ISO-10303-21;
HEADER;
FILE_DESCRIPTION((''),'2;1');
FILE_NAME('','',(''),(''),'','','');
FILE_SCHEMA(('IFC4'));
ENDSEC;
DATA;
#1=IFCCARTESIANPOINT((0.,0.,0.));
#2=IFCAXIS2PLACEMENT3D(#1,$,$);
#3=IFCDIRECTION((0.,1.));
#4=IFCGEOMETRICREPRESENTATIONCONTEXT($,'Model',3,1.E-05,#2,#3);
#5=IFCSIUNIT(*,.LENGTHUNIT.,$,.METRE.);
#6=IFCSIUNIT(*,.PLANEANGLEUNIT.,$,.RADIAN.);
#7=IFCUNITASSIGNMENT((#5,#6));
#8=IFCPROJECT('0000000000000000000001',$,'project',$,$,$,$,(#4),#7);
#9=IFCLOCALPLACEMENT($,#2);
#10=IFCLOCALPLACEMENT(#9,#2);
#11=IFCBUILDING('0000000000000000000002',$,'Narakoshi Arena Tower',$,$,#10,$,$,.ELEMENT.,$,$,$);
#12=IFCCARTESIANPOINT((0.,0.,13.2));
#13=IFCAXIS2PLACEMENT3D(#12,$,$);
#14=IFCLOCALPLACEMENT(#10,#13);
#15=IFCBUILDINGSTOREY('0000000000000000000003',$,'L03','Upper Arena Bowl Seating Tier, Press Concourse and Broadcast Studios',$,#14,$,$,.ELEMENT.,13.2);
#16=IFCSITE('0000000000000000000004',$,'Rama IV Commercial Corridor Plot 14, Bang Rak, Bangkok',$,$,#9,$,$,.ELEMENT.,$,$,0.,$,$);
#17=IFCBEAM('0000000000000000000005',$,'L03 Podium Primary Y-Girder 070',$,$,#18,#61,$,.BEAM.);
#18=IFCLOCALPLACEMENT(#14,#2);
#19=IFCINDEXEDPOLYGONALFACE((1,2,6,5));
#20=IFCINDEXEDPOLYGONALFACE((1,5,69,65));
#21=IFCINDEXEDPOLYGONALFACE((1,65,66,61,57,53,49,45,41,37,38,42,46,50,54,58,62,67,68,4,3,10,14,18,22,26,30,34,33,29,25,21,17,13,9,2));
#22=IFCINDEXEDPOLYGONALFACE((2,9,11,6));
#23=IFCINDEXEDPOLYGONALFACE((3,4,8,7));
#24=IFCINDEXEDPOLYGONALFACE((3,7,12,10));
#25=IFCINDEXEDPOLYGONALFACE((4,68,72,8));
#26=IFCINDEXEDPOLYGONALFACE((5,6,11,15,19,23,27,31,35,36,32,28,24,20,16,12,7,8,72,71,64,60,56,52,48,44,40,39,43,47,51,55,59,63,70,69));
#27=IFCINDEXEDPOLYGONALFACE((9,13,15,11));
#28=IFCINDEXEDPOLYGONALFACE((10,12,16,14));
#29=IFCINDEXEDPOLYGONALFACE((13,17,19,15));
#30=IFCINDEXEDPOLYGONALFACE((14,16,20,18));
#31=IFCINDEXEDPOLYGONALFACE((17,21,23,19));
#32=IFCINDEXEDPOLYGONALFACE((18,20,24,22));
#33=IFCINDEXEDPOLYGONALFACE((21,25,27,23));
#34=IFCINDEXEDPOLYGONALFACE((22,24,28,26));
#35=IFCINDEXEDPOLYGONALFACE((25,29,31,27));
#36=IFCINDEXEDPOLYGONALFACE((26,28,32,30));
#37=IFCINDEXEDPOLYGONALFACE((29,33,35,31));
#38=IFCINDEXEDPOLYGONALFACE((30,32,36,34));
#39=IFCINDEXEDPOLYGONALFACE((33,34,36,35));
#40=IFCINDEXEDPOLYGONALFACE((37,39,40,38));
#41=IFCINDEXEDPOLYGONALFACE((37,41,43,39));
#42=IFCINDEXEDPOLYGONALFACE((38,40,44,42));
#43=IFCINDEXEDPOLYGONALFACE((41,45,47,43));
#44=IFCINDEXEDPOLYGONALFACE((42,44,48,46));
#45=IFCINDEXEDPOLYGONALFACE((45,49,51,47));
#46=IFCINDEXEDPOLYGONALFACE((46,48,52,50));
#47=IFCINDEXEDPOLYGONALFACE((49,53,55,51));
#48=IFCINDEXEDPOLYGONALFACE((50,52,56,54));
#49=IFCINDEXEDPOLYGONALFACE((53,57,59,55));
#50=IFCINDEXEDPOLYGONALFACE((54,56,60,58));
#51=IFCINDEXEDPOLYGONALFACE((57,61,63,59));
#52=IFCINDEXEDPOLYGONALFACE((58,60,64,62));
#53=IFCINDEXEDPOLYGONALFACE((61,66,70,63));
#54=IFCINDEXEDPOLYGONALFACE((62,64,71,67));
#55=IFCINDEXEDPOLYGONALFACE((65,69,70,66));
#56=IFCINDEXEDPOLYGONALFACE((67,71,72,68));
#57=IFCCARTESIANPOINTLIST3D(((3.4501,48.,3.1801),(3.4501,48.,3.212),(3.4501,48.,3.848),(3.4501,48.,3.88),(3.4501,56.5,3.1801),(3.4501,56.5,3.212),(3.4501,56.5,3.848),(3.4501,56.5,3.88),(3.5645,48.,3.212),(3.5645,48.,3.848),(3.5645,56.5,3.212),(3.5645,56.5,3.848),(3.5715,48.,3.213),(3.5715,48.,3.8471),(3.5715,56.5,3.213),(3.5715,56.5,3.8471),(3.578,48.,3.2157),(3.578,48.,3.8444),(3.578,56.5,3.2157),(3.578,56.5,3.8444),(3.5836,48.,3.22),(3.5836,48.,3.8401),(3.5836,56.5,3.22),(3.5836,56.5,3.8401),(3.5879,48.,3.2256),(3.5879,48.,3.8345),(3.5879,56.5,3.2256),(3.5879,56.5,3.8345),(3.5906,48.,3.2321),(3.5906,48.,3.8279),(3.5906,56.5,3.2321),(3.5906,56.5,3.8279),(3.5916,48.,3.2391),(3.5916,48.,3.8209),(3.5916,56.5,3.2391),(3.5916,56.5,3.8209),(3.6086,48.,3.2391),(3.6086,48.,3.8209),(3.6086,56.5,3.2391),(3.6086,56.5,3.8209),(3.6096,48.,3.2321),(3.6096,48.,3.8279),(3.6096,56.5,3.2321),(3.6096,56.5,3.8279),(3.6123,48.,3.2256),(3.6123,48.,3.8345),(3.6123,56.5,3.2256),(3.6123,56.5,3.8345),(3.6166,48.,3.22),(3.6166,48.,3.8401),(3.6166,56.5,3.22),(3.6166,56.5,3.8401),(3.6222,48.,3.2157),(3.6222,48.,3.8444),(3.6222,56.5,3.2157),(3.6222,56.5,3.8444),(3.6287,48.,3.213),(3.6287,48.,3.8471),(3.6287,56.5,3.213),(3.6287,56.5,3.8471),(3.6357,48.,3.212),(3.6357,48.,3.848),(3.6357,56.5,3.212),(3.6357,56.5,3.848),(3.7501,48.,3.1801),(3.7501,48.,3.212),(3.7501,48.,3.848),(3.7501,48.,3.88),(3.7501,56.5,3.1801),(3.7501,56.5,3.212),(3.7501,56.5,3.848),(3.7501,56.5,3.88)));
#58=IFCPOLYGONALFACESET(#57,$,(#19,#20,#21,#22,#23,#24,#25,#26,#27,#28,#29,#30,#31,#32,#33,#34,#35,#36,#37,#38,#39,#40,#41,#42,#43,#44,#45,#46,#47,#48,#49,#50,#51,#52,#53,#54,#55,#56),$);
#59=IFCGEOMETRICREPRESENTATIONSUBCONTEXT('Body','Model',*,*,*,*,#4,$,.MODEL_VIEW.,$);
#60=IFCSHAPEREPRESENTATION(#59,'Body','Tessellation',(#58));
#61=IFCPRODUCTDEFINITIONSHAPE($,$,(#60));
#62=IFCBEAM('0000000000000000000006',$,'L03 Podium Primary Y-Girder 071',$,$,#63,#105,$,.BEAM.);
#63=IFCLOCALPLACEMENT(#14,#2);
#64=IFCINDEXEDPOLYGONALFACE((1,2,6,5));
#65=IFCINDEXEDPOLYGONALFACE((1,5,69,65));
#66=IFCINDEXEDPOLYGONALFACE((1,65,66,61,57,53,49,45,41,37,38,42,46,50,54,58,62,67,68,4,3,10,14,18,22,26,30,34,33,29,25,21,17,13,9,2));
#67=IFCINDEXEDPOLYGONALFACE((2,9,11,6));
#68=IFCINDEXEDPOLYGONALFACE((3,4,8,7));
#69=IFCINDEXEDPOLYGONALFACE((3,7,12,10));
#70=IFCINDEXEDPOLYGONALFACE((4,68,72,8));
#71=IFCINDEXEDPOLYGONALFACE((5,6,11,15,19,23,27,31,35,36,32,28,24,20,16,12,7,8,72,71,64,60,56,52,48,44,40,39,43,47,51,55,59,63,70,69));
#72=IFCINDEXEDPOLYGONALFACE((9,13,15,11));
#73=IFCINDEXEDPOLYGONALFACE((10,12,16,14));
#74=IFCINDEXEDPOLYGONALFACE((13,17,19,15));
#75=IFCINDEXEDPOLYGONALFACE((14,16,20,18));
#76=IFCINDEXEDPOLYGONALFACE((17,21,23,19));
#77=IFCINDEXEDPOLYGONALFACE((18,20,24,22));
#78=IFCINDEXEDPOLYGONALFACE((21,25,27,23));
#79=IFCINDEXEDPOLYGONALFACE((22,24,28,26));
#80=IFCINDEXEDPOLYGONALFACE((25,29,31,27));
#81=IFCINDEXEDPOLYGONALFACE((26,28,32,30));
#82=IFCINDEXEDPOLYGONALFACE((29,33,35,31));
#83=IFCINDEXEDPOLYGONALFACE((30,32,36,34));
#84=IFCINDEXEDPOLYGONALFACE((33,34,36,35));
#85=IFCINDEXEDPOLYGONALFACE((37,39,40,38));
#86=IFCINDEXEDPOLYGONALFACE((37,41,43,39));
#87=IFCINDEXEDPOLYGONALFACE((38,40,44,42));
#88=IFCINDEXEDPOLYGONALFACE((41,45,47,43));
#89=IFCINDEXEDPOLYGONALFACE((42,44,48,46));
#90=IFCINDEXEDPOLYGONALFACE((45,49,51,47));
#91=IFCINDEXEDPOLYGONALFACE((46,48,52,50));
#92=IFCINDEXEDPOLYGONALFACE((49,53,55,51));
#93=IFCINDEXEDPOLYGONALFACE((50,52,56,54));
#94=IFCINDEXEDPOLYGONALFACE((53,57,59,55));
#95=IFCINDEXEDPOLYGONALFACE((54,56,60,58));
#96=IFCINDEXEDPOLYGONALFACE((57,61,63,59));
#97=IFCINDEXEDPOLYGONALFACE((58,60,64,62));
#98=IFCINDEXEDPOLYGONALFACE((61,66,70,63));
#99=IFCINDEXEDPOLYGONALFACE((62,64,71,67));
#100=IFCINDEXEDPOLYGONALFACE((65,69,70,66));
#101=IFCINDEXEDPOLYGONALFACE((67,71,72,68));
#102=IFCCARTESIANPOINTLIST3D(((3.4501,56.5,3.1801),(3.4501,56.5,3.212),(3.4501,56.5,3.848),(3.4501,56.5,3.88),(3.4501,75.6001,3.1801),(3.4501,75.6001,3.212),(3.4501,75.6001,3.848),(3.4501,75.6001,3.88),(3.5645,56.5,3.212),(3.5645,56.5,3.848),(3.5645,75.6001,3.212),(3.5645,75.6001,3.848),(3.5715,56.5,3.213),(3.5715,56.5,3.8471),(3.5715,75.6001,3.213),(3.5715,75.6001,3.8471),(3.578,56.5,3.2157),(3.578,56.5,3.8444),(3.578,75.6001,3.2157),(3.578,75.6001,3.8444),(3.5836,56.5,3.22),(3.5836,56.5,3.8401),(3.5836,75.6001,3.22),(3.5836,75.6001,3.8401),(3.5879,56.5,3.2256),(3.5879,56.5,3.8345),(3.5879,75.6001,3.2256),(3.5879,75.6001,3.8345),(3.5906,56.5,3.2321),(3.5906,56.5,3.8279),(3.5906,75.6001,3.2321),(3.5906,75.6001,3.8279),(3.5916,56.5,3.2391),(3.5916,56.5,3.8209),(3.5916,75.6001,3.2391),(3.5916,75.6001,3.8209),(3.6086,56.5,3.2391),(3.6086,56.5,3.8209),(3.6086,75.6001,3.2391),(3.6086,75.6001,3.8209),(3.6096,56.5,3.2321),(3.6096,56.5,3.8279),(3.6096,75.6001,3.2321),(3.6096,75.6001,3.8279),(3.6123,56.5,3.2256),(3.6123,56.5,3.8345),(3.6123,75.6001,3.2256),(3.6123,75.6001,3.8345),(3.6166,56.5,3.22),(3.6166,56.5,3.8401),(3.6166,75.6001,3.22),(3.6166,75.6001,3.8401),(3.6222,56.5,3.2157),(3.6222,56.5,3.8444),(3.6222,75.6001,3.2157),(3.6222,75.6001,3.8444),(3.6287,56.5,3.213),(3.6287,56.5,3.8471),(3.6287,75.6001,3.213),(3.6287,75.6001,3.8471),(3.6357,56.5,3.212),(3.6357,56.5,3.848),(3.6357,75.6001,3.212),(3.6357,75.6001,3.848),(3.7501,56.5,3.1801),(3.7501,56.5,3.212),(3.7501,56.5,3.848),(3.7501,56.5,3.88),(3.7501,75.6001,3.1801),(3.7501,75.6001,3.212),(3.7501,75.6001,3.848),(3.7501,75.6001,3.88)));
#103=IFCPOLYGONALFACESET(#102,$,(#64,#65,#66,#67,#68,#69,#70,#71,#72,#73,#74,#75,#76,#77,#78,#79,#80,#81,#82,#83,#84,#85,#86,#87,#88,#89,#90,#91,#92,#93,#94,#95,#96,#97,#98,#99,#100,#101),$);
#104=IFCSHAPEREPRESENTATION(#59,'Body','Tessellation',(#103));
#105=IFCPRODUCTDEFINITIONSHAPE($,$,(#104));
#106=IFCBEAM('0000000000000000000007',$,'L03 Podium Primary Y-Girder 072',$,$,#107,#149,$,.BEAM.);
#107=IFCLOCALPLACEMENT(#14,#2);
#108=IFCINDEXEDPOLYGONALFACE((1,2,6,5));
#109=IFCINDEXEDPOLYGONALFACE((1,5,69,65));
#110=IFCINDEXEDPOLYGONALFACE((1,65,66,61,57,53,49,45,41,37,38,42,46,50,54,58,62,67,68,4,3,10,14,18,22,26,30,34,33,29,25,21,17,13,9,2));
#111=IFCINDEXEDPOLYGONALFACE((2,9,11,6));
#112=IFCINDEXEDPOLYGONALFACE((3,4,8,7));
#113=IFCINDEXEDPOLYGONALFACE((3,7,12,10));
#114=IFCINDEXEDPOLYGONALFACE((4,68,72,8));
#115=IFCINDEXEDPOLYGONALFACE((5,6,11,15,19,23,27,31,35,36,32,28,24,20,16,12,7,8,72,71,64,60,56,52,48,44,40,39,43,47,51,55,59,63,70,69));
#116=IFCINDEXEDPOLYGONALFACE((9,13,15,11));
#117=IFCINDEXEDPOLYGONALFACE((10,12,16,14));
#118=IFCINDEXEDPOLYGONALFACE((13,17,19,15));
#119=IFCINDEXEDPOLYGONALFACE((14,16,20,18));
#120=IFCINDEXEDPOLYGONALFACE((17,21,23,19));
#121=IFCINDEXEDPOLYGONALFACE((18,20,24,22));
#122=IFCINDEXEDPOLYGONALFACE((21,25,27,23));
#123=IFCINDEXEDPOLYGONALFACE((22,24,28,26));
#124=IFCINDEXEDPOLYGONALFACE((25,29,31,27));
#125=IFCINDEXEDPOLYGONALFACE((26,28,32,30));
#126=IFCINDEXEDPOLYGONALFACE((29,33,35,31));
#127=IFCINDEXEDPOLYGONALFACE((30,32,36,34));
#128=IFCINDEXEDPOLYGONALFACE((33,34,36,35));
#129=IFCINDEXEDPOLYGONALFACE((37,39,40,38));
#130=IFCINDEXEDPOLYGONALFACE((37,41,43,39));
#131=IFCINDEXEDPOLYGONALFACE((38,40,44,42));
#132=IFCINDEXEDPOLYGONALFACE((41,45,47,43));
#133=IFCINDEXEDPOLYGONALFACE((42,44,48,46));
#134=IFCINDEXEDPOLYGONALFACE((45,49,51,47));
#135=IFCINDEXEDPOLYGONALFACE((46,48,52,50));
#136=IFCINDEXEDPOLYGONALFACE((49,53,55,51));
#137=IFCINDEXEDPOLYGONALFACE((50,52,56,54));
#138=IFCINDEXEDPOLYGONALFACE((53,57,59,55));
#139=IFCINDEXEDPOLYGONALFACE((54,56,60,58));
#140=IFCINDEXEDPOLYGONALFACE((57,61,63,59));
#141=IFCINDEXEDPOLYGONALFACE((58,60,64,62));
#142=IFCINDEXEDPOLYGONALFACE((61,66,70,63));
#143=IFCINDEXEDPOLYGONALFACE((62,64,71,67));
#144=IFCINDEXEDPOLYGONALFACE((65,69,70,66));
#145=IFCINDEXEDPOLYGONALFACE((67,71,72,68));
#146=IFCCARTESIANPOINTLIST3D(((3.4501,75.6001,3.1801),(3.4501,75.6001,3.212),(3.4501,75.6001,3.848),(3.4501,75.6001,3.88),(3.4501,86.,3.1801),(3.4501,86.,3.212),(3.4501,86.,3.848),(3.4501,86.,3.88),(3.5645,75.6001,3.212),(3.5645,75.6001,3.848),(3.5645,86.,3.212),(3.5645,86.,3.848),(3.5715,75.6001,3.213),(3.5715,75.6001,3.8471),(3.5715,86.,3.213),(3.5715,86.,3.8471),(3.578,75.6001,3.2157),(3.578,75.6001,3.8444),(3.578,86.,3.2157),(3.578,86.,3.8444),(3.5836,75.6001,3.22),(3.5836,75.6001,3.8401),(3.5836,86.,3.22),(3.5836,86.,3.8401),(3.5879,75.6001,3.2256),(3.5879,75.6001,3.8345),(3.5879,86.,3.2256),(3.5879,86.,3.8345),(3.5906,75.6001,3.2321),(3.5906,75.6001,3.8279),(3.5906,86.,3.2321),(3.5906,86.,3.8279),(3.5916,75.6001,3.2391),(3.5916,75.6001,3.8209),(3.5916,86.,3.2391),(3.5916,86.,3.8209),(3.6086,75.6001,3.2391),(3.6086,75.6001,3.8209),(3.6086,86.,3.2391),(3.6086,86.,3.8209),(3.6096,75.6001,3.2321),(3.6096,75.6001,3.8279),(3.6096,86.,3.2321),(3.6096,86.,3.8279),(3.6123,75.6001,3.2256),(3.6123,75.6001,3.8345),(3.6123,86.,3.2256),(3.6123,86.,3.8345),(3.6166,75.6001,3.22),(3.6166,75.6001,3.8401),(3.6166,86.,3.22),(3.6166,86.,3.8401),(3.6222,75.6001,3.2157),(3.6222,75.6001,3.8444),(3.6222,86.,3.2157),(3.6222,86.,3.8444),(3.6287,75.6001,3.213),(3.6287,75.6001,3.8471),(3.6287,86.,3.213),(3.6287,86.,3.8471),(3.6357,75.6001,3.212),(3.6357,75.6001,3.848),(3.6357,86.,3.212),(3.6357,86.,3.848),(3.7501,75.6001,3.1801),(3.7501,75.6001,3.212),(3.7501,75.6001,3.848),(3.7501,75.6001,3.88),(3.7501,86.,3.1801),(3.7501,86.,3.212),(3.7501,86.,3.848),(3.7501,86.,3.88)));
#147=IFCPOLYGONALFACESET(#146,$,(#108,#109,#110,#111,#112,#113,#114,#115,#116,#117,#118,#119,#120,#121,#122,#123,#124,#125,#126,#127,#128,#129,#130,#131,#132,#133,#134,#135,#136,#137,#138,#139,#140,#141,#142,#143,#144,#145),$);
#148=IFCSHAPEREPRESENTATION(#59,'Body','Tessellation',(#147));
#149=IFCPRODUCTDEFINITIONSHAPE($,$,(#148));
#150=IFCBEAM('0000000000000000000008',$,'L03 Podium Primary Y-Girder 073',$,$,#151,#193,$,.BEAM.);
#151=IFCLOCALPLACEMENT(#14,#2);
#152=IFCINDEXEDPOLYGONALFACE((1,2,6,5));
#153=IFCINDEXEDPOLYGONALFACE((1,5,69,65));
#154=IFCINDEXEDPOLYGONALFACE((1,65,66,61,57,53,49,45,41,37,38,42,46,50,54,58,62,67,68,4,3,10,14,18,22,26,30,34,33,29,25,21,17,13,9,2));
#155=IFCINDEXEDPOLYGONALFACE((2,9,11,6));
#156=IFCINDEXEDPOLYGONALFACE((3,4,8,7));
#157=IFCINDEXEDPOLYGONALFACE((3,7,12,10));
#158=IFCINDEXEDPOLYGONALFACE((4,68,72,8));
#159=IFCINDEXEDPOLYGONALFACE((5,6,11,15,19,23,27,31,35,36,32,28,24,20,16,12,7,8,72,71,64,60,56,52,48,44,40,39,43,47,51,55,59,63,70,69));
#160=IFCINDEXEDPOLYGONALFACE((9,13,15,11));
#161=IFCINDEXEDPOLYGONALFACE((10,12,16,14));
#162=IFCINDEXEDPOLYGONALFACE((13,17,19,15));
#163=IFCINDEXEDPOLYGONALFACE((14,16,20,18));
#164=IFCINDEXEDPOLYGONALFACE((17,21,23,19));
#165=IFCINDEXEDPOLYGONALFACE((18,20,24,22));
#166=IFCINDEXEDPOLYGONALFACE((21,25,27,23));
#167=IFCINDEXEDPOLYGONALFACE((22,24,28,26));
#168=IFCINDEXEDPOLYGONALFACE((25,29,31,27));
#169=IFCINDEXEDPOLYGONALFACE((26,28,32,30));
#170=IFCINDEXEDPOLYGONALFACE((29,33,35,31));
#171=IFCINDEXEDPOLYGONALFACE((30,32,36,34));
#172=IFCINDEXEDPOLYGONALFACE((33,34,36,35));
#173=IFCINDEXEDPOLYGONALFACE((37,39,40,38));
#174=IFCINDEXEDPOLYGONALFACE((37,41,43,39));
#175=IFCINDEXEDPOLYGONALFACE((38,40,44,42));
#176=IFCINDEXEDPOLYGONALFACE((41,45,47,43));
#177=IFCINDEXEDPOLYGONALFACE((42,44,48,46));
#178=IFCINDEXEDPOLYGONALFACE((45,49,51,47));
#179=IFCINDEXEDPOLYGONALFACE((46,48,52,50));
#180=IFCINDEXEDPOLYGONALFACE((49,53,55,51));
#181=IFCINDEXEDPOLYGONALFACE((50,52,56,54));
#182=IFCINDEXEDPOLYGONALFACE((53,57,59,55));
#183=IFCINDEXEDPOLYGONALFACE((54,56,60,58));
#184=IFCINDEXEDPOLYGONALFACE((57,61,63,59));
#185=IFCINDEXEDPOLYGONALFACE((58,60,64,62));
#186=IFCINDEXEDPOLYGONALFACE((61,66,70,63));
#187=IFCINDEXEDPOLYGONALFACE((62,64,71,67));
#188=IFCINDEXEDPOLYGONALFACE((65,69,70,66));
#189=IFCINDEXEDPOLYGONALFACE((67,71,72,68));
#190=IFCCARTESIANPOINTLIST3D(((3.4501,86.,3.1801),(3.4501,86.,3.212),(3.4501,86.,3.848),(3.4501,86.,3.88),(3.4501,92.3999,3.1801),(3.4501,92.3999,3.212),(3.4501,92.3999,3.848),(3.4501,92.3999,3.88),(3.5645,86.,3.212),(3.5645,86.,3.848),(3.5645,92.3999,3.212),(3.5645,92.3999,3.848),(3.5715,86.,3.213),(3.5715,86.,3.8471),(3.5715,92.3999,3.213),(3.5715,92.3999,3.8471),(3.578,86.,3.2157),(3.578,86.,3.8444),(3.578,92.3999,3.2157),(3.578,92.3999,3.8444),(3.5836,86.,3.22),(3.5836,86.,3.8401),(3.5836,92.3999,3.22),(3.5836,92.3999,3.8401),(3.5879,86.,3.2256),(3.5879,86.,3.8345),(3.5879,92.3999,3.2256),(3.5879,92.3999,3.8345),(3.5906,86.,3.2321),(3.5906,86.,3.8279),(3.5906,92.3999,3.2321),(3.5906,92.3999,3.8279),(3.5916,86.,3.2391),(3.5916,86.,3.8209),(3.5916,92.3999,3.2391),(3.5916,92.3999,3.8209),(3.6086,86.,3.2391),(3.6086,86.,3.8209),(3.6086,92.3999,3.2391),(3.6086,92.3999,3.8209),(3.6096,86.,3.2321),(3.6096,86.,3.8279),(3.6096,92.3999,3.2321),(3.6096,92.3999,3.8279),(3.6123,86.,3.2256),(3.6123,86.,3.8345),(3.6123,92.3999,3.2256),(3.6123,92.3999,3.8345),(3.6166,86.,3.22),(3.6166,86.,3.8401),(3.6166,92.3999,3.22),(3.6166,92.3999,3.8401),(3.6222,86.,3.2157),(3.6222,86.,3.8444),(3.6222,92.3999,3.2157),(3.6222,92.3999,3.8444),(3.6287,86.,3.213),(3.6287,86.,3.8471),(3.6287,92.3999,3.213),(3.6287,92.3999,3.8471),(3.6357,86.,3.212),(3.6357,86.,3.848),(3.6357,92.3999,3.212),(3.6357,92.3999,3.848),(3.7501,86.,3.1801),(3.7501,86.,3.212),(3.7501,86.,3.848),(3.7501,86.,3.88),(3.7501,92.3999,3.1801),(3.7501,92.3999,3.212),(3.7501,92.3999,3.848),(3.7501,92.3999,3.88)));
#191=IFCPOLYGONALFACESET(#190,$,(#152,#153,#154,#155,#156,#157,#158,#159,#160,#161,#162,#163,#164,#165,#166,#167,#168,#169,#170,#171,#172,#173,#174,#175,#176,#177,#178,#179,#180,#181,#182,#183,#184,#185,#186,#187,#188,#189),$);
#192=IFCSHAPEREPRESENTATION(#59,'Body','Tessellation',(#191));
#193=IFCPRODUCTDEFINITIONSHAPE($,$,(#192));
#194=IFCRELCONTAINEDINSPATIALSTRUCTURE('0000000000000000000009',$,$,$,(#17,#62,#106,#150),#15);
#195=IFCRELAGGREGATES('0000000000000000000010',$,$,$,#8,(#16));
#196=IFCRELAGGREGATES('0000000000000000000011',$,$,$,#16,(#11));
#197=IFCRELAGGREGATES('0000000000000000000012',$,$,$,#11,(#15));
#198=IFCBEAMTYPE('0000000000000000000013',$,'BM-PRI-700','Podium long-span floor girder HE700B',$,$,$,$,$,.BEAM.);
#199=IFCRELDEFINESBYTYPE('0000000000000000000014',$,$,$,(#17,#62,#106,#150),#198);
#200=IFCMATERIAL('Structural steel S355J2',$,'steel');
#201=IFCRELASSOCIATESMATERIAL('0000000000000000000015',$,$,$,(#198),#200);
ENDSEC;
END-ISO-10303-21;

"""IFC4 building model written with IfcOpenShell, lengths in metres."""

from ifc_helpers import new_model, si_unit, direction, frame, origin, origin_2d, place, context, subcontext, project, spatial, i_section, extrude, material, material_profile, profile_set, type_object, element, save


model = new_model("IFC4")

# Units and contexts
model_context = context("Model", 3, precision=1e-05, world=origin(), true_north=direction((0.0, 1.0)))
body_context = subcontext(model_context, "Body", "Model", "MODEL_VIEW")
ifc_project = project(units=[si_unit("LENGTHUNIT", "METRE"), si_unit("PLANEANGLEUNIT", "RADIAN")], contexts=[model_context])

# Site, building, storey
site_placement = place(None, origin())
site = spatial("IfcSite", under=ifc_project, at=site_placement, Name="Rama IV Commercial Corridor Plot 14, Bang Rak, Bangkok", CompositionType="ELEMENT", RefElevation=0.0)
building_placement = place(site_placement, origin())
building = spatial("IfcBuilding", under=site, at=building_placement, Name="Narakoshi Arena Tower", CompositionType="ELEMENT")
storey_placement = place(building_placement, frame((0.0, 0.0, 13.2)))
storey = spatial("IfcBuildingStorey", under=building, at=storey_placement, Name="L03", Description="Upper Arena Bowl Seating Tier, Press Concourse and Broadcast Studios", CompositionType="ELEMENT", Elevation=13.2)

# Beams
ifc_material_1 = material(Name="Structural steel S355J2", Category="steel")
ifc_material_profile_1 = material_profile(ifc_material_1, i_section(OverallWidth=0.3, OverallDepth=0.7, WebThickness=0.0171, FlangeThickness=0.032, FilletRadius=0.0271, at=origin_2d()), Name="HE700B")
ifc_profile_set_1 = profile_set([ifc_material_profile_1], Name="Structural steel S355J2")
beam_type_1 = type_object("IfcBeamType", Name="BM-PRI-700", Description="Podium long-span floor girder HE700B", PredefinedType="BEAM", material=ifc_profile_set_1)
beam_1_placement = place(storey_placement, frame((3.6001, 48.0, 3.53), z_axis=(0.0, 1.0, 0.0), x_axis=(-1.0, 0.0, 0.0)))
element("IfcBeam", 1, at=beam_1_placement, inside=storey, type_object=beam_type_1, Name="L03 Podium Primary Y-Girder 070", PredefinedType="BEAM", context=body_context, shape_type="SweptSolid", body=[
    extrude(i_section(OverallWidth=0.3, OverallDepth=0.7, WebThickness=0.0171, FlangeThickness=0.032, FilletRadius=0.0271, at=origin_2d()), origin(), (0.0, 0.0, 1.0), 8.5),
])
beam_2_placement = place(storey_placement, frame((3.6001, 56.5, 3.53), z_axis=(0.0, 1.0, 0.0), x_axis=(-1.0, 0.0, 0.0)))
element("IfcBeam", 2, at=beam_2_placement, inside=storey, type_object=beam_type_1, Name="L03 Podium Primary Y-Girder 071", PredefinedType="BEAM", context=body_context, shape_type="SweptSolid", body=[
    extrude(i_section(OverallWidth=0.3, OverallDepth=0.7, WebThickness=0.0171, FlangeThickness=0.032, FilletRadius=0.0271, at=origin_2d()), origin(), (0.0, 0.0, 1.0), 19.1001),
])
beam_3_placement = place(storey_placement, frame((3.6001, 75.6001, 3.53), z_axis=(0.0, 1.0, 0.0), x_axis=(-1.0, 0.0, 0.0)))
element("IfcBeam", 3, at=beam_3_placement, inside=storey, type_object=beam_type_1, Name="L03 Podium Primary Y-Girder 072", PredefinedType="BEAM", context=body_context, shape_type="SweptSolid", body=[
    extrude(i_section(OverallWidth=0.3, OverallDepth=0.7, WebThickness=0.0171, FlangeThickness=0.032, FilletRadius=0.0271, at=origin_2d()), origin(), (0.0, 0.0, 1.0), 10.3999),
])
beam_4_placement = place(storey_placement, frame((3.6001, 86.0, 3.53), z_axis=(0.0, 1.0, 0.0), x_axis=(-1.0, 0.0, 0.0)))
element("IfcBeam", 4, at=beam_4_placement, inside=storey, type_object=beam_type_1, Name="L03 Podium Primary Y-Girder 073", PredefinedType="BEAM", context=body_context, shape_type="SweptSolid", body=[
    extrude(i_section(OverallWidth=0.3, OverallDepth=0.7, WebThickness=0.0171, FlangeThickness=0.032, FilletRadius=0.0271, at=origin_2d()), origin(), (0.0, 0.0, 1.0), 6.3999),
])

save(model, "model.ifc")
